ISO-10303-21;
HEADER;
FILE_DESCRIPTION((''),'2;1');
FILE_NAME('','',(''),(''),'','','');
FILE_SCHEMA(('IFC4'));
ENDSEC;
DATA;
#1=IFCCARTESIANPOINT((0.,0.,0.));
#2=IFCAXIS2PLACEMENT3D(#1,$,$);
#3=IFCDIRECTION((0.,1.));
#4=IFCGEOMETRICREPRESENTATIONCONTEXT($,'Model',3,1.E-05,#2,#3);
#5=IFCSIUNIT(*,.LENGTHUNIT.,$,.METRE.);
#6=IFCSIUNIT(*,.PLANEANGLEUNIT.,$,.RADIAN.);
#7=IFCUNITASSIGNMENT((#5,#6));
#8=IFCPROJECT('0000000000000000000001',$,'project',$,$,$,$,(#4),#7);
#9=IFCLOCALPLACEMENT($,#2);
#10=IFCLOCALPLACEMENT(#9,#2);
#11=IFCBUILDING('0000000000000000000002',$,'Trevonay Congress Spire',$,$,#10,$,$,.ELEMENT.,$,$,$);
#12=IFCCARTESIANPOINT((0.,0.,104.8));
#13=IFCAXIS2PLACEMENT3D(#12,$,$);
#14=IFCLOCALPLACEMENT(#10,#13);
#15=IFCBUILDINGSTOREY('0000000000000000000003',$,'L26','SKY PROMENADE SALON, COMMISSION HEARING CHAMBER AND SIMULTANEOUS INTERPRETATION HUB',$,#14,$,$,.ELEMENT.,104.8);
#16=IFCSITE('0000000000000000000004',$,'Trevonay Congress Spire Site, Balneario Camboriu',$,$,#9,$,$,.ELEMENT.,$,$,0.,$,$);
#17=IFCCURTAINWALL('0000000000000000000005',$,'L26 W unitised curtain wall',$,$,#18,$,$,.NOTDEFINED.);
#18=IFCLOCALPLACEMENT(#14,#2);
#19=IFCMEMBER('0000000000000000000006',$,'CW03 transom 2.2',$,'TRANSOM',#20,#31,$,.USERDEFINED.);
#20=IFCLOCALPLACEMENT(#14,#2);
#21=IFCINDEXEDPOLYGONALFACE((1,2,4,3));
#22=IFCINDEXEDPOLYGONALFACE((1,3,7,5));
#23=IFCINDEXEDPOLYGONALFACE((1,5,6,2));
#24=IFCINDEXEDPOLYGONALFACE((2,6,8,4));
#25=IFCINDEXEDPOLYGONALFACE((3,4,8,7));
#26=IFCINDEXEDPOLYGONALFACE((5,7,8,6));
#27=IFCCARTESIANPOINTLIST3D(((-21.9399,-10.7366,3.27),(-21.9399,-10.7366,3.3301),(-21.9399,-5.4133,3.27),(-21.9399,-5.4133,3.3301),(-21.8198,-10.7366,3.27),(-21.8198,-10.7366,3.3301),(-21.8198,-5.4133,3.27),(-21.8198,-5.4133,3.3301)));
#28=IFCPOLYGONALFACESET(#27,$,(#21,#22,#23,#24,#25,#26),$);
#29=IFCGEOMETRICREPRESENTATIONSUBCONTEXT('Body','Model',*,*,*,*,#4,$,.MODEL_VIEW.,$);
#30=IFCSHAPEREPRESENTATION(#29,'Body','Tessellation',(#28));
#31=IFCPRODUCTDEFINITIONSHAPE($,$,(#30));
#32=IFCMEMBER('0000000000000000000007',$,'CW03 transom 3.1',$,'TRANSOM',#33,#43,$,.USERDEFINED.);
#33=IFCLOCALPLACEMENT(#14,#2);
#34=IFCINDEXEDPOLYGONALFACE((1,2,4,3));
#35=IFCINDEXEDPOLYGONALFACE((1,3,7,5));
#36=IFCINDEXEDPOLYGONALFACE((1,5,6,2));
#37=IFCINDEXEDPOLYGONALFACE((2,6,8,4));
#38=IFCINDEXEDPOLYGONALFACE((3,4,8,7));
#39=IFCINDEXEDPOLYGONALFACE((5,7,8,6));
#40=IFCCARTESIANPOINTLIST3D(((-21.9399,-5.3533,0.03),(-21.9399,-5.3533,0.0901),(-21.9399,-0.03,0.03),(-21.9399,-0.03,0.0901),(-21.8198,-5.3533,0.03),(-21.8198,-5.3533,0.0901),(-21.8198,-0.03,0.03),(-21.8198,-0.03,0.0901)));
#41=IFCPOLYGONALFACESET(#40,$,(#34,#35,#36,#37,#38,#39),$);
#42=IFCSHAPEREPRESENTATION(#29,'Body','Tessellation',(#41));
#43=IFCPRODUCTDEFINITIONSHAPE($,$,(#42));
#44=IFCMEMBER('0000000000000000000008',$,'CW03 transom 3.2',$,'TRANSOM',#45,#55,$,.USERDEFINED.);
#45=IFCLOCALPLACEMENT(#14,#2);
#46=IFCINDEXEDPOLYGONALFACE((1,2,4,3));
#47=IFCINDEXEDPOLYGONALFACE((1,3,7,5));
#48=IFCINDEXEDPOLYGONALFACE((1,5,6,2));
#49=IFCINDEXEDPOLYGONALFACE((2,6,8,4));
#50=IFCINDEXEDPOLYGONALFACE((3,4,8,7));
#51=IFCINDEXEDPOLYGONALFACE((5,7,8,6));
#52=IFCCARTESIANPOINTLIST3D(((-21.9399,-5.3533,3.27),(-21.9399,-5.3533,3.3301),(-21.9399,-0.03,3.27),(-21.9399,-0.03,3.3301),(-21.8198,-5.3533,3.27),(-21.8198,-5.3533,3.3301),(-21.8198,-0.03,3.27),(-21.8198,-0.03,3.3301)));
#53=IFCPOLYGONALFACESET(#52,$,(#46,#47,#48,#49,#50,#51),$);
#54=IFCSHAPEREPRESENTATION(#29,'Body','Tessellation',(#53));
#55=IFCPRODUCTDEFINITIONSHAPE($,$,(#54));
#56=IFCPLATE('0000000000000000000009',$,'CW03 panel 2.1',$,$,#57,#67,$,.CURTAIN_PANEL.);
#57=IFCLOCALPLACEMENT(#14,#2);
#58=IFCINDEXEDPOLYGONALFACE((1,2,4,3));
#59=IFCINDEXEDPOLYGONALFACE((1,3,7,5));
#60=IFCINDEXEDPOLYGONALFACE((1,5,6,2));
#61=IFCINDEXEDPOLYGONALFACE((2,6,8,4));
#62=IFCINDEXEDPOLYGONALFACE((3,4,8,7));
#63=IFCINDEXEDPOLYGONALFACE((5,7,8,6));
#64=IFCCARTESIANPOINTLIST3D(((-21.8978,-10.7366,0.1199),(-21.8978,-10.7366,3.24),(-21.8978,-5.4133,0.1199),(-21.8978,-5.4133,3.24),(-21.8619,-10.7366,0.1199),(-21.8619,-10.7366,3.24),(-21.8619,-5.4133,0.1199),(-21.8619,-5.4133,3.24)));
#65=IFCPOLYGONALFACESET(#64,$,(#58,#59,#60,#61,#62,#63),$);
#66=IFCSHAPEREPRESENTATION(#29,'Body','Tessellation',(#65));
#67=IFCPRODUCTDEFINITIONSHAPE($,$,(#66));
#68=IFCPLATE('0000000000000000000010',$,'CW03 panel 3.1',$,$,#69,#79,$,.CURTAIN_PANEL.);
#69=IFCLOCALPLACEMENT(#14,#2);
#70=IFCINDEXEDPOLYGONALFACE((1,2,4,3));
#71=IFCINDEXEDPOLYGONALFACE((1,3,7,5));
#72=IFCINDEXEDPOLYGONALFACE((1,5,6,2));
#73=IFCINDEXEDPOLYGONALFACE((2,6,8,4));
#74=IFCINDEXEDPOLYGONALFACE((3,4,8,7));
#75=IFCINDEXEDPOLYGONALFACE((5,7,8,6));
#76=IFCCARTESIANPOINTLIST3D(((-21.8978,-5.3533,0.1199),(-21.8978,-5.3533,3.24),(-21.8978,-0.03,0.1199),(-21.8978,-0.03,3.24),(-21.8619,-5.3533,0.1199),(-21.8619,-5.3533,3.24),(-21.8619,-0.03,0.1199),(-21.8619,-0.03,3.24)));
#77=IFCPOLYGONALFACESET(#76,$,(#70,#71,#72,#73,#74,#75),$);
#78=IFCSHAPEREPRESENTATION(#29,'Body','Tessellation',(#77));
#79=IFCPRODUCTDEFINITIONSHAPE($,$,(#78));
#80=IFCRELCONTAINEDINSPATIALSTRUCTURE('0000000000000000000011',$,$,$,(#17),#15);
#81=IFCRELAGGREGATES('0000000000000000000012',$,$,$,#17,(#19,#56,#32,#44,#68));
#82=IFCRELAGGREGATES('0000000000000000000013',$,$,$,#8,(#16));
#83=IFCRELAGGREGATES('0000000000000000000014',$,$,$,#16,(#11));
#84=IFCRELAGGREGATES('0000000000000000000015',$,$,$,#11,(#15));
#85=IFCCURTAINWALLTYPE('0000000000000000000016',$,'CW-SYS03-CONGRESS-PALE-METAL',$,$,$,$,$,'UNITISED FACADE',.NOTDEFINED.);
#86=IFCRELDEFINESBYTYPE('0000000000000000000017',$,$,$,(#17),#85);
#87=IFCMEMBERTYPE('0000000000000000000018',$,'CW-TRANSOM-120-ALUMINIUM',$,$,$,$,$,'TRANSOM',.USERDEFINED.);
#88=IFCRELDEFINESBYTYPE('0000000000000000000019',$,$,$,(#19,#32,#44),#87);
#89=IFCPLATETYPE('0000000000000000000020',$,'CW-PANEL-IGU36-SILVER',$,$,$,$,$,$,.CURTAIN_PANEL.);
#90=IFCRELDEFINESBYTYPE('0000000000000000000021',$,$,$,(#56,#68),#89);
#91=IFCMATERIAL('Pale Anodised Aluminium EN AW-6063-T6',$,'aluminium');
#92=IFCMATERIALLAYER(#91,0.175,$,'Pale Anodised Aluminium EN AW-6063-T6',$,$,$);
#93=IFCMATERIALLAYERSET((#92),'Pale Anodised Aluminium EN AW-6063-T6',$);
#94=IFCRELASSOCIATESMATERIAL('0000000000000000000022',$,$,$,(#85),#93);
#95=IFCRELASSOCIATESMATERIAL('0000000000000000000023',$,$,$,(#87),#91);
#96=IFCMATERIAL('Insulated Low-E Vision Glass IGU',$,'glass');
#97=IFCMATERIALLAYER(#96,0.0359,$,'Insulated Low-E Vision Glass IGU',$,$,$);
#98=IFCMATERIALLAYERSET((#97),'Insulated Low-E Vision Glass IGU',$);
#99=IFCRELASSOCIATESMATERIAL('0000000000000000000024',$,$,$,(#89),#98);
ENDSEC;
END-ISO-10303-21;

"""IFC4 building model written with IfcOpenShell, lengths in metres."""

from ifc_helpers import new_model, si_unit, direction, frame, origin, origin_2d, place, context, subcontext, project, spatial, rectangle, extrude, material, layer, layer_set, material_profile, profile_set, type_object, element, aggregate, save


model = new_model("IFC4")

# Units and contexts
model_context = context("Model", 3, precision=1e-05, world=origin(), true_north=direction((0.0, 1.0)))
body_context = subcontext(model_context, "Body", "Model", "MODEL_VIEW")
ifc_project = project(units=[si_unit("LENGTHUNIT", "METRE"), si_unit("PLANEANGLEUNIT", "RADIAN")], contexts=[model_context])

# Site, building, storey
site_placement = place(None, origin())
site = spatial("IfcSite", under=ifc_project, at=site_placement, Name="Trevonay Congress Spire Site, Balneario Camboriu", CompositionType="ELEMENT", RefElevation=0.0)
building_placement = place(site_placement, origin())
building = spatial("IfcBuilding", under=site, at=building_placement, Name="Trevonay Congress Spire", CompositionType="ELEMENT")
storey_placement = place(building_placement, frame((0.0, 0.0, 104.8)))
storey = spatial("IfcBuildingStorey", under=building, at=storey_placement, Name="L26", Description="SKY PROMENADE SALON, COMMISSION HEARING CHAMBER AND SIMULTANEOUS INTERPRETATION HUB", CompositionType="ELEMENT", Elevation=104.8)

# Curtain wall, members, plates
ifc_material_1 = material(Name="Pale Anodised Aluminium EN AW-6063-T6", Category="aluminium")
ifc_layer_1 = layer(ifc_material_1, 0.175, Name="Pale Anodised Aluminium EN AW-6063-T6")
ifc_layer_set_1 = layer_set([ifc_layer_1], Name="Pale Anodised Aluminium EN AW-6063-T6")
curtain_wall_type = type_object("IfcCurtainWallType", Name="CW-SYS03-CONGRESS-PALE-METAL", ElementType="UNITISED FACADE", PredefinedType="NOTDEFINED", material=ifc_layer_set_1)
curtain_wall_placement = place(storey_placement, origin())
curtain_wall = element("IfcCurtainWall", 1, at=curtain_wall_placement, inside=storey, type_object=curtain_wall_type, Name="L26 W unitised curtain wall", PredefinedType="NOTDEFINED")
ifc_material_profile_1 = material_profile(ifc_material_1, rectangle(XDim=0.1201, YDim=0.0601, at=origin_2d()), Name="CW-TRANSOM-120-ALUMINIUM")
ifc_profile_set_1 = profile_set([ifc_material_profile_1], Name="Pale Anodised Aluminium EN AW-6063-T6")
member_type_1 = type_object("IfcMemberType", Name="CW-TRANSOM-120-ALUMINIUM", ElementType="TRANSOM", PredefinedType="USERDEFINED", material=ifc_profile_set_1)
member_1_placement = place(storey_placement, frame((-21.8799, -10.7366, 3.3), z_axis=(0.0, 1.0, 0.0), x_axis=(-1.0, 0.0, 0.0)))
member_1 = element("IfcMember", 2, at=member_1_placement, type_object=member_type_1, Name="CW03 transom 2.2", ObjectType="TRANSOM", PredefinedType="USERDEFINED", context=body_context, shape_type="SweptSolid", body=[
    extrude(rectangle(XDim=0.1201, YDim=0.0601, at=origin_2d()), origin(), (0.0, 0.0, 1.0), 5.3232),
])
member_2_placement = place(storey_placement, frame((-21.8799, -5.3533, 0.0601), z_axis=(0.0, 1.0, 0.0), x_axis=(-1.0, 0.0, 0.0)))
member_2 = element("IfcMember", 3, at=member_2_placement, type_object=member_type_1, Name="CW03 transom 3.1", ObjectType="TRANSOM", PredefinedType="USERDEFINED", context=body_context, shape_type="SweptSolid", body=[
    extrude(rectangle(XDim=0.1201, YDim=0.0601, at=origin_2d()), origin(), (0.0, 0.0, 1.0), 5.3232),
])
member_3_placement = place(storey_placement, frame((-21.8799, -5.3533, 3.3), z_axis=(0.0, 1.0, 0.0), x_axis=(-1.0, 0.0, 0.0)))
member_3 = element("IfcMember", 4, at=member_3_placement, type_object=member_type_1, Name="CW03 transom 3.2", ObjectType="TRANSOM", PredefinedType="USERDEFINED", context=body_context, shape_type="SweptSolid", body=[
    extrude(rectangle(XDim=0.1201, YDim=0.0601, at=origin_2d()), origin(), (0.0, 0.0, 1.0), 5.3232),
])
ifc_material_2 = material(Name="Insulated Low-E Vision Glass IGU", Category="glass")
ifc_layer_2 = layer(ifc_material_2, 0.0359, Name="Insulated Low-E Vision Glass IGU")
ifc_layer_set_2 = layer_set([ifc_layer_2], Name="Insulated Low-E Vision Glass IGU")
plate_type = type_object("IfcPlateType", Name="CW-PANEL-IGU36-SILVER", PredefinedType="CURTAIN_PANEL", material=ifc_layer_set_2)
plate_1_placement = place(storey_placement, frame((-21.8799, -8.075, 0.1199), z_axis=(0.0, 0.0, 1.0), x_axis=(0.0, 1.0, 0.0)))
plate_1 = element("IfcPlate", 5, at=plate_1_placement, type_object=plate_type, Name="CW03 panel 2.1", PredefinedType="CURTAIN_PANEL", context=body_context, shape_type="SweptSolid", body=[
    extrude(rectangle(XDim=5.3232, YDim=0.0359, at=origin_2d()), origin(), (0.0, 0.0, 1.0), 3.1201),
])
plate_2_placement = place(storey_placement, frame((-21.8799, -2.6917, 0.1199), z_axis=(0.0, 0.0, 1.0), x_axis=(0.0, 1.0, 0.0)))
plate_2 = element("IfcPlate", 6, at=plate_2_placement, type_object=plate_type, Name="CW03 panel 3.1", PredefinedType="CURTAIN_PANEL", context=body_context, shape_type="SweptSolid", body=[
    extrude(rectangle(XDim=5.3232, YDim=0.0359, at=origin_2d()), origin(), (0.0, 0.0, 1.0), 3.1201),
])
aggregate(curtain_wall, [member_1, plate_1, member_2, member_3, plate_2])

save(model, "model.ifc")
